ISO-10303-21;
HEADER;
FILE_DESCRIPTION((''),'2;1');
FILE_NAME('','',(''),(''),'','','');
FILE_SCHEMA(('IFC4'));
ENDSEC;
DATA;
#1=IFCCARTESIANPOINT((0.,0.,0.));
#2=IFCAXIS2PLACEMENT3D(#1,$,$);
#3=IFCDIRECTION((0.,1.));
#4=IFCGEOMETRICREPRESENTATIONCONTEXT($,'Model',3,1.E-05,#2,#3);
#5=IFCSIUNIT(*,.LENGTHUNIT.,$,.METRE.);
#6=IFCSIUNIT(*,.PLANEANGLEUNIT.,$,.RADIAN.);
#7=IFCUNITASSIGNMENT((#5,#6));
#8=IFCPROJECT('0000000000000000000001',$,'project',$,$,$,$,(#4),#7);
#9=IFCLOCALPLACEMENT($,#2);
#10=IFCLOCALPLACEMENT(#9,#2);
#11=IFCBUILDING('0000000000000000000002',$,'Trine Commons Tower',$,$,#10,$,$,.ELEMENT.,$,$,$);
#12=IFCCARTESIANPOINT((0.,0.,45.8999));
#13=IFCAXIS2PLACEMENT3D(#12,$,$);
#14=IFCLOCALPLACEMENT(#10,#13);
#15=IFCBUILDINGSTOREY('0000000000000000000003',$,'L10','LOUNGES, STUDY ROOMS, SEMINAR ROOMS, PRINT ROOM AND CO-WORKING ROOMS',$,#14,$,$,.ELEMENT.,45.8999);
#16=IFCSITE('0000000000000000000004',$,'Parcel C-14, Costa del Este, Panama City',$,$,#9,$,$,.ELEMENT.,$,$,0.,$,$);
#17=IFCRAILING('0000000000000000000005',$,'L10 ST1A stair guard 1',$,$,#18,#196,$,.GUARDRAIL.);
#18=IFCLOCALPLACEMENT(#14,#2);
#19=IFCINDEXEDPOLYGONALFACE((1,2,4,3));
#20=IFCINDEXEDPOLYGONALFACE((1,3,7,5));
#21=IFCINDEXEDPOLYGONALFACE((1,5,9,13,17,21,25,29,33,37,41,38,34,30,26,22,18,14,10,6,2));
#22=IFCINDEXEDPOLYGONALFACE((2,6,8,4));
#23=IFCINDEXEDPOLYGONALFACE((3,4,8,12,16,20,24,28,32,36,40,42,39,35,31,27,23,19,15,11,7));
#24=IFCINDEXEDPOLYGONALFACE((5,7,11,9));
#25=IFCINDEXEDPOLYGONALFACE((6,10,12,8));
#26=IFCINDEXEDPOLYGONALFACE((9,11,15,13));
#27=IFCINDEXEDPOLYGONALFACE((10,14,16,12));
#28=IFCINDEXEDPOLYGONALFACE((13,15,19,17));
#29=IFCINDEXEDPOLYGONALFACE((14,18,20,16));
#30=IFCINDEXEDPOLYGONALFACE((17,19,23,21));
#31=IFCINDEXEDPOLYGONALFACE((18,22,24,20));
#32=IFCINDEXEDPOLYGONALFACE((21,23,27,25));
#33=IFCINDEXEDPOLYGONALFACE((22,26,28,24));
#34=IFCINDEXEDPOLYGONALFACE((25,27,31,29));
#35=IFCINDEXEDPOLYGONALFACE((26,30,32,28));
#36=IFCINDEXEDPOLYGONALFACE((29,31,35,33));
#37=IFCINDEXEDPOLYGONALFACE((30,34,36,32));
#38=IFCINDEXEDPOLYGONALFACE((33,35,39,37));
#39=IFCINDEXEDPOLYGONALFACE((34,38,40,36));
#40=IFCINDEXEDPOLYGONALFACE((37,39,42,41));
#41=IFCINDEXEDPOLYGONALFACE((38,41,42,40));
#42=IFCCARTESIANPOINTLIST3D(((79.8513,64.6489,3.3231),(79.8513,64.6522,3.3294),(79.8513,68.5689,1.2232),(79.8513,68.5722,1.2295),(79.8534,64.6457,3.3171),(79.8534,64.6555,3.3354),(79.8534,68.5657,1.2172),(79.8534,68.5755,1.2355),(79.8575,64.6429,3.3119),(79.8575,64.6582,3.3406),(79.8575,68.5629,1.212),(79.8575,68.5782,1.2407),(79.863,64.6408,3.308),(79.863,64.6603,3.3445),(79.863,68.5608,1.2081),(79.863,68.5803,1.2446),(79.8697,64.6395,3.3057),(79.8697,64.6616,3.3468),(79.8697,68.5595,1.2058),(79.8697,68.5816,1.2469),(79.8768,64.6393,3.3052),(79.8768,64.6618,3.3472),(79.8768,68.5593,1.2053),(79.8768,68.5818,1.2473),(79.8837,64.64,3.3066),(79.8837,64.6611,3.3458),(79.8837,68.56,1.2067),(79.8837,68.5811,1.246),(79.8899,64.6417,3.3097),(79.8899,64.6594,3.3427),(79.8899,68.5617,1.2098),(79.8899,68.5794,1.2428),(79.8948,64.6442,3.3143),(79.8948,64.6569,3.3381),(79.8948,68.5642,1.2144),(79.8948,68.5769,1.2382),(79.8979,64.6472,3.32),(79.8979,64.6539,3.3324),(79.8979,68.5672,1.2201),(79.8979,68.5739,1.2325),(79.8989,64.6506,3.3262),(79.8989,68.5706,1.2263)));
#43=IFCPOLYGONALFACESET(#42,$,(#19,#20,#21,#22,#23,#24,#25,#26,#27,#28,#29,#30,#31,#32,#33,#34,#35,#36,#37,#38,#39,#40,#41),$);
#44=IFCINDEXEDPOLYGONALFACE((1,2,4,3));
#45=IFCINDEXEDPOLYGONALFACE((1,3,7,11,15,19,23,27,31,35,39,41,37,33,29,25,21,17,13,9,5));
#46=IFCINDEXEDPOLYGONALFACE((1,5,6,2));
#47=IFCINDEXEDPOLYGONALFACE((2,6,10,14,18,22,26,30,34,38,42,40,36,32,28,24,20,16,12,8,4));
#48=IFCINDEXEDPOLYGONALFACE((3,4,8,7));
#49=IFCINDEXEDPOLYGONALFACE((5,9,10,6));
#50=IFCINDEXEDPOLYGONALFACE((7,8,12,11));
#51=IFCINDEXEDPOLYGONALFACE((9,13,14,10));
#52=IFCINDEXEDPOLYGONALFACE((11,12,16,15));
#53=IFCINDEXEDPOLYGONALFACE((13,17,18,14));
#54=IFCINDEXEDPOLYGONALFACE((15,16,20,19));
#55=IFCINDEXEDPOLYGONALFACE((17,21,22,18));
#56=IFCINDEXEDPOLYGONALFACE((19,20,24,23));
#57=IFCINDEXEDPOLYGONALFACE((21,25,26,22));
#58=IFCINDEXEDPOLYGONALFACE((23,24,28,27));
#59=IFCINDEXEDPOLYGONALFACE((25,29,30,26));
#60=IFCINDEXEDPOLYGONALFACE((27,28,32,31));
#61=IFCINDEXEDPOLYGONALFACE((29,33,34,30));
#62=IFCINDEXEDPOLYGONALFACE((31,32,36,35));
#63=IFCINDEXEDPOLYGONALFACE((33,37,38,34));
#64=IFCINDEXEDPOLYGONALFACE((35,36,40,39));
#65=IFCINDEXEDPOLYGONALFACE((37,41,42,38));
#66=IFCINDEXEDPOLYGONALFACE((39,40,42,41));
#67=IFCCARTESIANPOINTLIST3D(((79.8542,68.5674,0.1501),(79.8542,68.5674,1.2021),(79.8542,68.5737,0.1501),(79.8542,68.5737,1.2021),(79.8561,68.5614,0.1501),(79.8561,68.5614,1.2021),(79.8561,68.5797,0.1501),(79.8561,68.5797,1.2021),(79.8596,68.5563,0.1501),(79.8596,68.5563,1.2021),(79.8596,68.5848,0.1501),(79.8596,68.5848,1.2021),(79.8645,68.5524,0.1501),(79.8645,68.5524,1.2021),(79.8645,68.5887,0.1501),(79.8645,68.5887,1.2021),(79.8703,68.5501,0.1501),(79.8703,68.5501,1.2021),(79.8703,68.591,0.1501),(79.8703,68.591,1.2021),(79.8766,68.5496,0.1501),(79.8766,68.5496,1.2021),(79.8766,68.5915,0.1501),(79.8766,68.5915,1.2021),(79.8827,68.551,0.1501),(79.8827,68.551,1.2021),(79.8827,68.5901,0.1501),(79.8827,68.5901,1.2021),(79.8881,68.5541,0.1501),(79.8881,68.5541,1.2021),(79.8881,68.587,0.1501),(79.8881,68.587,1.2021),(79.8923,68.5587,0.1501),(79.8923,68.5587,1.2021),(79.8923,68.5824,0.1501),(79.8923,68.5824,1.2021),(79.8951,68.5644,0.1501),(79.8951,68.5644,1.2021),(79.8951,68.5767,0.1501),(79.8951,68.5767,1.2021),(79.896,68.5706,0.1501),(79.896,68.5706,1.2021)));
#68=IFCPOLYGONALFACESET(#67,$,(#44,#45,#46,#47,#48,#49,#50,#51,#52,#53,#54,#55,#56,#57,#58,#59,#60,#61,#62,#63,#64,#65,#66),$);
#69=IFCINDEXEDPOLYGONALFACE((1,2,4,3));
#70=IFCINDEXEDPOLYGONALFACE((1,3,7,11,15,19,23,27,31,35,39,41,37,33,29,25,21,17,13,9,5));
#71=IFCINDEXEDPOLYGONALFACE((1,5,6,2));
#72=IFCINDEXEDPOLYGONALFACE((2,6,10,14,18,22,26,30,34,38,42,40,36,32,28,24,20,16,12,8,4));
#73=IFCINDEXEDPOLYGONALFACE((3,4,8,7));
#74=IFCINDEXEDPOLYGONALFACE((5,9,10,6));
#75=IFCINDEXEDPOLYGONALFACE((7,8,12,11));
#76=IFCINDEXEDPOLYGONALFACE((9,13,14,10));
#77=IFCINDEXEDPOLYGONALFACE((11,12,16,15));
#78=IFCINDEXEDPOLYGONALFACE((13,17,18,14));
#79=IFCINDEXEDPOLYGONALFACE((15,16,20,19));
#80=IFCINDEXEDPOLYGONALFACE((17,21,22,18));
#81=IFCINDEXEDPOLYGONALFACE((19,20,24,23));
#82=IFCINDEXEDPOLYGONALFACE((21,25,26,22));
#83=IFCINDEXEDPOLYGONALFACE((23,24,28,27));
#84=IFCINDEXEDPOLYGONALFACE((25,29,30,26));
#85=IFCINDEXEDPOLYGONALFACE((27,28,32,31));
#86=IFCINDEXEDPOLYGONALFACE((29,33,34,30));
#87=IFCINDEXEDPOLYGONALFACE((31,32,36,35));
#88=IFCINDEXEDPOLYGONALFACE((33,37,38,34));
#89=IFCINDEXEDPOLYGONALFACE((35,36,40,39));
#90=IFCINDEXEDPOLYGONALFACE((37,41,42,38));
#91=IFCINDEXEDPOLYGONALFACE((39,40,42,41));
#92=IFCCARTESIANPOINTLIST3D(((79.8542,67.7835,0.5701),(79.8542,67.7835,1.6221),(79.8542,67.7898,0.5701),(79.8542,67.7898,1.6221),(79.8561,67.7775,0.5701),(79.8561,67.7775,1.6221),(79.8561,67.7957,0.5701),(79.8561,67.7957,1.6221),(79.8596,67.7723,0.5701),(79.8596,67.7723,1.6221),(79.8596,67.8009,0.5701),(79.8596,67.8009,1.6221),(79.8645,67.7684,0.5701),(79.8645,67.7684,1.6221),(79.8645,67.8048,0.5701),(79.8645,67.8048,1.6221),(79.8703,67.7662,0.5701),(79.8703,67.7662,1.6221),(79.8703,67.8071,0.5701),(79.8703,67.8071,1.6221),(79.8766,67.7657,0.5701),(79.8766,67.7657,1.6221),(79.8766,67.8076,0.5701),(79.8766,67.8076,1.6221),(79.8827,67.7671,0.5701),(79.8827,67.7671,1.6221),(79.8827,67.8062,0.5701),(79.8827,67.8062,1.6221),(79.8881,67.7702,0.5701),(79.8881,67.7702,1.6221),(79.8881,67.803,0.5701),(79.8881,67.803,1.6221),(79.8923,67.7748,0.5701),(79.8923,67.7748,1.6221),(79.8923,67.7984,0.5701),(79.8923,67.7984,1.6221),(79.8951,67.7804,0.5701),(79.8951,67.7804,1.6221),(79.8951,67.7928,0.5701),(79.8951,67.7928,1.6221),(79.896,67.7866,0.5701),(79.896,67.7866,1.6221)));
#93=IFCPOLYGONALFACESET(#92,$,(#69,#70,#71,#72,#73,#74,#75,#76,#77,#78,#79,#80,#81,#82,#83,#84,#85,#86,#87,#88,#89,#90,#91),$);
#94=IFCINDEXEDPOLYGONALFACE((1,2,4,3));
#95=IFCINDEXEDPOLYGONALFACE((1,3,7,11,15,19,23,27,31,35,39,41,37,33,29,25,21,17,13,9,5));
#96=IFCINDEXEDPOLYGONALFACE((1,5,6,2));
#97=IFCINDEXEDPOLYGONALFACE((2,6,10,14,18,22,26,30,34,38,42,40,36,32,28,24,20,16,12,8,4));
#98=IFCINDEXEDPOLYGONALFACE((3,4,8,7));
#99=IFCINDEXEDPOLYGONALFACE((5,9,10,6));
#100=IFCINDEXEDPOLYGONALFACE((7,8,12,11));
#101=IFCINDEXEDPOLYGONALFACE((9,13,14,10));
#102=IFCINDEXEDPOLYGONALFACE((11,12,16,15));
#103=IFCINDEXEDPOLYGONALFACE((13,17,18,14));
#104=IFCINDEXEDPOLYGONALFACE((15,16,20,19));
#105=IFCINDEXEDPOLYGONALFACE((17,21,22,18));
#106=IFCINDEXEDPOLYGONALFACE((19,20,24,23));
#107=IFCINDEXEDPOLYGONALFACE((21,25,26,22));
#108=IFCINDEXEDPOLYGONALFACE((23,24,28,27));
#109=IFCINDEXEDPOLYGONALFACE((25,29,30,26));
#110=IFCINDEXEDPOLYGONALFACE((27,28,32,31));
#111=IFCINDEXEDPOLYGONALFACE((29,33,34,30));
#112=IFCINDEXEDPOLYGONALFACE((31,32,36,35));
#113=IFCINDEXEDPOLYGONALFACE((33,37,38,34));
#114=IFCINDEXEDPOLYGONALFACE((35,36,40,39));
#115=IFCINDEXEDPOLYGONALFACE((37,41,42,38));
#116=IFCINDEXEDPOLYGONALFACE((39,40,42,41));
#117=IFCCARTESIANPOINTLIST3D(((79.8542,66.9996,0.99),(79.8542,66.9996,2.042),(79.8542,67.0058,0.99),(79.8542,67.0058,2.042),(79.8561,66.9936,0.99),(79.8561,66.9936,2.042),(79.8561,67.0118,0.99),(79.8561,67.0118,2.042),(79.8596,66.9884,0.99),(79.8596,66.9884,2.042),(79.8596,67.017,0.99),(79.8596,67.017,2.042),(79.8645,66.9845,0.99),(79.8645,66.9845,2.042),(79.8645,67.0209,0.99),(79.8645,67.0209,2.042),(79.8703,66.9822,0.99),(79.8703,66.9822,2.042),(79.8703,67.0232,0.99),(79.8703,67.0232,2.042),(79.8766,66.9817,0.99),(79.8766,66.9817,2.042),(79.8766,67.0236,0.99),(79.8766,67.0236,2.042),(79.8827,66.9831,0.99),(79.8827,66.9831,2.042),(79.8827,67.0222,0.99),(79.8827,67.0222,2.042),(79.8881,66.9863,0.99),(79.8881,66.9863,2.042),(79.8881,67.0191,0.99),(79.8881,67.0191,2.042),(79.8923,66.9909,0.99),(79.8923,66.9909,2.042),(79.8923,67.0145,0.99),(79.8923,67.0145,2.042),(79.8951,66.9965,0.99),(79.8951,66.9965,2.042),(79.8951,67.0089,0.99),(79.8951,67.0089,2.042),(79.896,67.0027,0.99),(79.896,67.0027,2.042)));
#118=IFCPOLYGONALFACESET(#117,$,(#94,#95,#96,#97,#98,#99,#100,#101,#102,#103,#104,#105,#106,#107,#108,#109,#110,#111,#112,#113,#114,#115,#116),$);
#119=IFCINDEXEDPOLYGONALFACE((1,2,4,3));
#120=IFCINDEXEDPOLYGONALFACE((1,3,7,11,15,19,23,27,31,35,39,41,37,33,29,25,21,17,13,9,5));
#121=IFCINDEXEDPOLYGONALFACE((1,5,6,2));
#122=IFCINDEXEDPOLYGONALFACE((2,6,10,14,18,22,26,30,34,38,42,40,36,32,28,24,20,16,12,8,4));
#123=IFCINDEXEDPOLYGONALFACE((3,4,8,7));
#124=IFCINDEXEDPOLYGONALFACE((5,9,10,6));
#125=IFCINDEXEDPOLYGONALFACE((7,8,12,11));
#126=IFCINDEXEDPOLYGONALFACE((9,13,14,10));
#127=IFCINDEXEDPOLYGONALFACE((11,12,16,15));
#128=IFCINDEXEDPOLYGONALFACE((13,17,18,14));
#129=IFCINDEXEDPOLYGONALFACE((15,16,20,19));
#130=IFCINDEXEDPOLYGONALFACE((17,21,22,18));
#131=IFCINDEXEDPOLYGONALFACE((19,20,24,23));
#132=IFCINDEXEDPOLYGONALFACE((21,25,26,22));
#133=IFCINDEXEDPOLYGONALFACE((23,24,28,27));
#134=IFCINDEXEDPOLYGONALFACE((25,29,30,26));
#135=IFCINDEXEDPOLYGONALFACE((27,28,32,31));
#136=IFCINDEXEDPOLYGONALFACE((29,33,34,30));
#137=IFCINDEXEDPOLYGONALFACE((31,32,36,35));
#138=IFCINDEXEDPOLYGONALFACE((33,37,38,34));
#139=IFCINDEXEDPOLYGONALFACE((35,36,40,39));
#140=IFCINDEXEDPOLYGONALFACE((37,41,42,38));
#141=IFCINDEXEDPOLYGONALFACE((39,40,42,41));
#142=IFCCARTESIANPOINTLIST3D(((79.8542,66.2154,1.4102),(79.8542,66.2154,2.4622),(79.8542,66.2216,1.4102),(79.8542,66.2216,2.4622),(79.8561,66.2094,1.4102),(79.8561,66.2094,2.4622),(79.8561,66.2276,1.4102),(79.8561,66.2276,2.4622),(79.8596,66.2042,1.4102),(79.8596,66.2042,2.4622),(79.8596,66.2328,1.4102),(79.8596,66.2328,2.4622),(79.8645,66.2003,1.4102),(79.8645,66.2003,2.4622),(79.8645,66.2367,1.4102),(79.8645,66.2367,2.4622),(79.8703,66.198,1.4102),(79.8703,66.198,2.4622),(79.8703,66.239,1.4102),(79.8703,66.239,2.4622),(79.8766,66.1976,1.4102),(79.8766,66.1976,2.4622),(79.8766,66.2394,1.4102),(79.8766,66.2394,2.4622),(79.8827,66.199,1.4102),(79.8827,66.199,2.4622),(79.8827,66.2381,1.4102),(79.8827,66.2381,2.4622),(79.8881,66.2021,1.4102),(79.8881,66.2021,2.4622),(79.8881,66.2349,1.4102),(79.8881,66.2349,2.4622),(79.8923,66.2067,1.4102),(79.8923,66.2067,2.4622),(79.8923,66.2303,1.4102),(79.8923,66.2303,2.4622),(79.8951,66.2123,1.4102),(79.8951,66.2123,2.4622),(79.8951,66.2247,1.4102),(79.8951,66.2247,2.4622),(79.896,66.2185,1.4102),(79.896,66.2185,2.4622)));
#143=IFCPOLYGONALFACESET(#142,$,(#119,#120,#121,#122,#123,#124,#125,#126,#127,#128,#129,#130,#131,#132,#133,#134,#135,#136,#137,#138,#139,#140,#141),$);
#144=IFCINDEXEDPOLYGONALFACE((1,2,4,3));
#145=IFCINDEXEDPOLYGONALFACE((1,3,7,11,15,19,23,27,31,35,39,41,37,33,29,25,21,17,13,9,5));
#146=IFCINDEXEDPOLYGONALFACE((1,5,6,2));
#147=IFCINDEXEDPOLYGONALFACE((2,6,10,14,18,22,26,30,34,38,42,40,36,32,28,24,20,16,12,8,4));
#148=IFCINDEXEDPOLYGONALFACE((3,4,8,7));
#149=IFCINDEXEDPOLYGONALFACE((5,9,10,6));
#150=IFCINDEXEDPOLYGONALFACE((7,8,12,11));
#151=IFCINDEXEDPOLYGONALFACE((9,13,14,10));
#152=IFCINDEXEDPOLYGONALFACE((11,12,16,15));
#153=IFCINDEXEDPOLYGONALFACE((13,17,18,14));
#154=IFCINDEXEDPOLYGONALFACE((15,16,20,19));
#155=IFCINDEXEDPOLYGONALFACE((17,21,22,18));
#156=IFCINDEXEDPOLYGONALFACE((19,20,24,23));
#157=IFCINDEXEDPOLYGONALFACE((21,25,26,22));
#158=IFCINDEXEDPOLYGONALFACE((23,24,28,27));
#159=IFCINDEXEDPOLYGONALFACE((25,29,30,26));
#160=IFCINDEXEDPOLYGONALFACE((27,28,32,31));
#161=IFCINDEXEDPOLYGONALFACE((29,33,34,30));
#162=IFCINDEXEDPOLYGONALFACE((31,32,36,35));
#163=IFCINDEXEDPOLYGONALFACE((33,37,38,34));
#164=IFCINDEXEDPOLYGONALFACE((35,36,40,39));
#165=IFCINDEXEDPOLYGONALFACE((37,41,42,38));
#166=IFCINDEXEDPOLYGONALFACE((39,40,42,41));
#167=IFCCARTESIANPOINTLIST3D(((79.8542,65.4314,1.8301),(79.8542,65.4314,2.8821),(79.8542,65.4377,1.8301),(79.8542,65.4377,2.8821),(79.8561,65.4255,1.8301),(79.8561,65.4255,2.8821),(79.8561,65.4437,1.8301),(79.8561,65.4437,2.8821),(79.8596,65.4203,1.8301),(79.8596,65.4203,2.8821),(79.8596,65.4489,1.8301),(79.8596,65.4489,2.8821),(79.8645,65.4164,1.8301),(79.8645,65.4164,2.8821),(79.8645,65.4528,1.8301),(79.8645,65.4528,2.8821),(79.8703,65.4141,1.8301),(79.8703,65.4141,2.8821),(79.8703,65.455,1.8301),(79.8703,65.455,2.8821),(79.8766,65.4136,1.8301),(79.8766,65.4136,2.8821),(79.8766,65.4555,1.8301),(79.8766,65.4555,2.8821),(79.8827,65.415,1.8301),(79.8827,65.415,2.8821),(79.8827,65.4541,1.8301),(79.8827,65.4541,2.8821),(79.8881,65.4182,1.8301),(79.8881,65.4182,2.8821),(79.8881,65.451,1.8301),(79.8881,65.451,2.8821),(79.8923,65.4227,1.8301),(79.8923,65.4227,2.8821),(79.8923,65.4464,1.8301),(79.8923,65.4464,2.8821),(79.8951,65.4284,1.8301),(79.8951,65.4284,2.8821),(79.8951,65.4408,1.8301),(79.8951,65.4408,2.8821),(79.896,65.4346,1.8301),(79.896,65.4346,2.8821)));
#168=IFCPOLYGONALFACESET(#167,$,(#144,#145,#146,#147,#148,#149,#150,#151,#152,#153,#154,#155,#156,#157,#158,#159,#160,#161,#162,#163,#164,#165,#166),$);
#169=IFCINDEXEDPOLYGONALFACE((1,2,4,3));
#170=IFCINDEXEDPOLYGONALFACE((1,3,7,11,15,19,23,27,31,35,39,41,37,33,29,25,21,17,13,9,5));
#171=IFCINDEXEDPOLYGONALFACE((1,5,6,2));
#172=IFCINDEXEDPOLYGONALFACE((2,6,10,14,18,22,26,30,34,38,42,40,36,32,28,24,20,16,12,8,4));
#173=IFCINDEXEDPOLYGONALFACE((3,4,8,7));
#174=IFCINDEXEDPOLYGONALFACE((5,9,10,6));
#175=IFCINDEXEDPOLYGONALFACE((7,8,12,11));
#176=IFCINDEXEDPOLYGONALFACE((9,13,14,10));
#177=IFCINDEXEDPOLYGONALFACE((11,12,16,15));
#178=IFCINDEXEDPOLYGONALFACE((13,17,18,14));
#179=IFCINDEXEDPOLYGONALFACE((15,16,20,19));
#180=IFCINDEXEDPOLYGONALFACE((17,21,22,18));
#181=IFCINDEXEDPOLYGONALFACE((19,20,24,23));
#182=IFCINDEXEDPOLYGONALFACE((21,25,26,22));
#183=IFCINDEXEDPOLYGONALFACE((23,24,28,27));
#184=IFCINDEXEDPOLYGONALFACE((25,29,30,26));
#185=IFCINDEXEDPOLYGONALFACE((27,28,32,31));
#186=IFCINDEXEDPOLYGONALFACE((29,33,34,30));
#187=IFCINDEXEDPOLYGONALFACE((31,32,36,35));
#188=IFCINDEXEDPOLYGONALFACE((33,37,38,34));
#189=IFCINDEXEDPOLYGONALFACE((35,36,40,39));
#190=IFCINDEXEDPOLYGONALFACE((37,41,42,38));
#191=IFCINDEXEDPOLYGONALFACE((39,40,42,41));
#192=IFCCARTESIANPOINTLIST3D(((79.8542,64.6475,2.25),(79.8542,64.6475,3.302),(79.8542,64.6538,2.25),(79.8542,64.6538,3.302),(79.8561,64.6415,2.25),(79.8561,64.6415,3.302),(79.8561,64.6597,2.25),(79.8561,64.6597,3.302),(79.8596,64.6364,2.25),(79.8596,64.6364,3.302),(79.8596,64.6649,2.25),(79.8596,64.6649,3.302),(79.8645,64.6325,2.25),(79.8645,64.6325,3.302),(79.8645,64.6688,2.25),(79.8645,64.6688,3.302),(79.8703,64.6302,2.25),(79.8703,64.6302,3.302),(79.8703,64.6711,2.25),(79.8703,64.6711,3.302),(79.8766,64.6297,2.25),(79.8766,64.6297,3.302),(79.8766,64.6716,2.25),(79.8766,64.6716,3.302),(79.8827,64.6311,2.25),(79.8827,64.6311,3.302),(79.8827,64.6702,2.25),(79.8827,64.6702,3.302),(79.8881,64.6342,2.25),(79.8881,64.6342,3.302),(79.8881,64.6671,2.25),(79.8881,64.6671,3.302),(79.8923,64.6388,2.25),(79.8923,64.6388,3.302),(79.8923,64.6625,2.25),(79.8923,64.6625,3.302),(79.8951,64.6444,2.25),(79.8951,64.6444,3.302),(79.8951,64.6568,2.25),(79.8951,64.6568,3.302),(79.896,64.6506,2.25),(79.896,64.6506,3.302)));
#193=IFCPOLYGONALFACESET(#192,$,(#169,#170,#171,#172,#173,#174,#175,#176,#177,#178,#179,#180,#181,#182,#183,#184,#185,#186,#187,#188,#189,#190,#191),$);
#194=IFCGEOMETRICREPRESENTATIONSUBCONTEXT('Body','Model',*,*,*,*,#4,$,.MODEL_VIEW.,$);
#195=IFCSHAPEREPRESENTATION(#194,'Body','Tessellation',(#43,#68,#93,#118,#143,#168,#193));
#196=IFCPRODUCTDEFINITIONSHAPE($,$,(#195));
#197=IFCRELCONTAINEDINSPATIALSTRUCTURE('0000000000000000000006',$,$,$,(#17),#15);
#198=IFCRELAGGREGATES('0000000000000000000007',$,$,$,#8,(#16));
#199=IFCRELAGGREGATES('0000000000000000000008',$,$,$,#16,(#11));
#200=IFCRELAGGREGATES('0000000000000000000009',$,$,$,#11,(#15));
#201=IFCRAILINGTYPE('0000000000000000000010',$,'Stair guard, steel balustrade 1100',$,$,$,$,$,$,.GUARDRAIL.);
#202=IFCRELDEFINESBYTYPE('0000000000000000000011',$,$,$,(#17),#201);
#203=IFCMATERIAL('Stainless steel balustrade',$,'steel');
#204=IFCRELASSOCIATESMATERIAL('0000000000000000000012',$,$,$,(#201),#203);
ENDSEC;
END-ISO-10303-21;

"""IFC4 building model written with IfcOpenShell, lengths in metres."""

from ifc_helpers import new_model, si_unit, direction, frame, origin, origin_2d, place, context, subcontext, project, spatial, circle, extrude, material, type_object, element, save


model = new_model("IFC4")

# Units and contexts
model_context = context("Model", 3, precision=1e-05, world=origin(), true_north=direction((0.0, 1.0)))
body_context = subcontext(model_context, "Body", "Model", "MODEL_VIEW")
ifc_project = project(units=[si_unit("LENGTHUNIT", "METRE"), si_unit("PLANEANGLEUNIT", "RADIAN")], contexts=[model_context])

# Site, building, storey
site_placement = place(None, origin())
site = spatial("IfcSite", under=ifc_project, at=site_placement, Name="Parcel C-14, Costa del Este, Panama City", CompositionType="ELEMENT", RefElevation=0.0)
building_placement = place(site_placement, origin())
building = spatial("IfcBuilding", under=site, at=building_placement, Name="Trine Commons Tower", CompositionType="ELEMENT")
storey_placement = place(building_placement, frame((0.0, 0.0, 45.8999)))
storey = spatial("IfcBuildingStorey", under=building, at=storey_placement, Name="L10", Description="LOUNGES, STUDY ROOMS, SEMINAR ROOMS, PRINT ROOM AND CO-WORKING ROOMS", CompositionType="ELEMENT", Elevation=45.8999)

# Railing
ifc_material_1 = material(Name="Stainless steel balustrade", Category="steel")
railing_type_1 = type_object("IfcRailingType", Name="Stair guard, steel balustrade 1100", PredefinedType="GUARDRAIL", material=ifc_material_1)
railing_1_placement = place(storey_placement, frame((79.875, 68.5706, 0.1501)))
element("IfcRailing", 1, at=railing_1_placement, inside=storey, type_object=railing_type_1, Name="L10 ST1A stair guard 1", PredefinedType="GUARDRAIL", context=body_context, shape_type="SweptSolid", body=[
    extrude(circle(Radius=0.0239, at=origin_2d()), frame((0.0, 0.0, 1.0762), z_axis=(0.0, -0.88149, 0.472203), x_axis=(1.0, 0.0, 0.0)), (0.0, 0.0, 1.0), 4.447),
    extrude(circle(Radius=0.021, at=origin_2d()), origin(), (0.0, 0.0, 1.0), 1.052),
    extrude(circle(Radius=0.021, at=origin_2d()), frame((0.0, -0.7839, 0.4199)), (0.0, 0.0, 1.0), 1.052),
    extrude(circle(Radius=0.021, at=origin_2d()), frame((0.0, -1.5679, 0.8398)), (0.0, 0.0, 1.0), 1.052),
    extrude(circle(Radius=0.021, at=origin_2d()), frame((0.0, -2.3521, 1.26)), (0.0, 0.0, 1.0), 1.052),
    extrude(circle(Radius=0.021, at=origin_2d()), frame((0.0, -3.136, 1.6799)), (0.0, 0.0, 1.0), 1.052),
    extrude(circle(Radius=0.021, at=origin_2d()), frame((0.0, -3.9199, 2.0999)), (0.0, 0.0, 1.0), 1.052),
])

save(model, "model.ifc")
